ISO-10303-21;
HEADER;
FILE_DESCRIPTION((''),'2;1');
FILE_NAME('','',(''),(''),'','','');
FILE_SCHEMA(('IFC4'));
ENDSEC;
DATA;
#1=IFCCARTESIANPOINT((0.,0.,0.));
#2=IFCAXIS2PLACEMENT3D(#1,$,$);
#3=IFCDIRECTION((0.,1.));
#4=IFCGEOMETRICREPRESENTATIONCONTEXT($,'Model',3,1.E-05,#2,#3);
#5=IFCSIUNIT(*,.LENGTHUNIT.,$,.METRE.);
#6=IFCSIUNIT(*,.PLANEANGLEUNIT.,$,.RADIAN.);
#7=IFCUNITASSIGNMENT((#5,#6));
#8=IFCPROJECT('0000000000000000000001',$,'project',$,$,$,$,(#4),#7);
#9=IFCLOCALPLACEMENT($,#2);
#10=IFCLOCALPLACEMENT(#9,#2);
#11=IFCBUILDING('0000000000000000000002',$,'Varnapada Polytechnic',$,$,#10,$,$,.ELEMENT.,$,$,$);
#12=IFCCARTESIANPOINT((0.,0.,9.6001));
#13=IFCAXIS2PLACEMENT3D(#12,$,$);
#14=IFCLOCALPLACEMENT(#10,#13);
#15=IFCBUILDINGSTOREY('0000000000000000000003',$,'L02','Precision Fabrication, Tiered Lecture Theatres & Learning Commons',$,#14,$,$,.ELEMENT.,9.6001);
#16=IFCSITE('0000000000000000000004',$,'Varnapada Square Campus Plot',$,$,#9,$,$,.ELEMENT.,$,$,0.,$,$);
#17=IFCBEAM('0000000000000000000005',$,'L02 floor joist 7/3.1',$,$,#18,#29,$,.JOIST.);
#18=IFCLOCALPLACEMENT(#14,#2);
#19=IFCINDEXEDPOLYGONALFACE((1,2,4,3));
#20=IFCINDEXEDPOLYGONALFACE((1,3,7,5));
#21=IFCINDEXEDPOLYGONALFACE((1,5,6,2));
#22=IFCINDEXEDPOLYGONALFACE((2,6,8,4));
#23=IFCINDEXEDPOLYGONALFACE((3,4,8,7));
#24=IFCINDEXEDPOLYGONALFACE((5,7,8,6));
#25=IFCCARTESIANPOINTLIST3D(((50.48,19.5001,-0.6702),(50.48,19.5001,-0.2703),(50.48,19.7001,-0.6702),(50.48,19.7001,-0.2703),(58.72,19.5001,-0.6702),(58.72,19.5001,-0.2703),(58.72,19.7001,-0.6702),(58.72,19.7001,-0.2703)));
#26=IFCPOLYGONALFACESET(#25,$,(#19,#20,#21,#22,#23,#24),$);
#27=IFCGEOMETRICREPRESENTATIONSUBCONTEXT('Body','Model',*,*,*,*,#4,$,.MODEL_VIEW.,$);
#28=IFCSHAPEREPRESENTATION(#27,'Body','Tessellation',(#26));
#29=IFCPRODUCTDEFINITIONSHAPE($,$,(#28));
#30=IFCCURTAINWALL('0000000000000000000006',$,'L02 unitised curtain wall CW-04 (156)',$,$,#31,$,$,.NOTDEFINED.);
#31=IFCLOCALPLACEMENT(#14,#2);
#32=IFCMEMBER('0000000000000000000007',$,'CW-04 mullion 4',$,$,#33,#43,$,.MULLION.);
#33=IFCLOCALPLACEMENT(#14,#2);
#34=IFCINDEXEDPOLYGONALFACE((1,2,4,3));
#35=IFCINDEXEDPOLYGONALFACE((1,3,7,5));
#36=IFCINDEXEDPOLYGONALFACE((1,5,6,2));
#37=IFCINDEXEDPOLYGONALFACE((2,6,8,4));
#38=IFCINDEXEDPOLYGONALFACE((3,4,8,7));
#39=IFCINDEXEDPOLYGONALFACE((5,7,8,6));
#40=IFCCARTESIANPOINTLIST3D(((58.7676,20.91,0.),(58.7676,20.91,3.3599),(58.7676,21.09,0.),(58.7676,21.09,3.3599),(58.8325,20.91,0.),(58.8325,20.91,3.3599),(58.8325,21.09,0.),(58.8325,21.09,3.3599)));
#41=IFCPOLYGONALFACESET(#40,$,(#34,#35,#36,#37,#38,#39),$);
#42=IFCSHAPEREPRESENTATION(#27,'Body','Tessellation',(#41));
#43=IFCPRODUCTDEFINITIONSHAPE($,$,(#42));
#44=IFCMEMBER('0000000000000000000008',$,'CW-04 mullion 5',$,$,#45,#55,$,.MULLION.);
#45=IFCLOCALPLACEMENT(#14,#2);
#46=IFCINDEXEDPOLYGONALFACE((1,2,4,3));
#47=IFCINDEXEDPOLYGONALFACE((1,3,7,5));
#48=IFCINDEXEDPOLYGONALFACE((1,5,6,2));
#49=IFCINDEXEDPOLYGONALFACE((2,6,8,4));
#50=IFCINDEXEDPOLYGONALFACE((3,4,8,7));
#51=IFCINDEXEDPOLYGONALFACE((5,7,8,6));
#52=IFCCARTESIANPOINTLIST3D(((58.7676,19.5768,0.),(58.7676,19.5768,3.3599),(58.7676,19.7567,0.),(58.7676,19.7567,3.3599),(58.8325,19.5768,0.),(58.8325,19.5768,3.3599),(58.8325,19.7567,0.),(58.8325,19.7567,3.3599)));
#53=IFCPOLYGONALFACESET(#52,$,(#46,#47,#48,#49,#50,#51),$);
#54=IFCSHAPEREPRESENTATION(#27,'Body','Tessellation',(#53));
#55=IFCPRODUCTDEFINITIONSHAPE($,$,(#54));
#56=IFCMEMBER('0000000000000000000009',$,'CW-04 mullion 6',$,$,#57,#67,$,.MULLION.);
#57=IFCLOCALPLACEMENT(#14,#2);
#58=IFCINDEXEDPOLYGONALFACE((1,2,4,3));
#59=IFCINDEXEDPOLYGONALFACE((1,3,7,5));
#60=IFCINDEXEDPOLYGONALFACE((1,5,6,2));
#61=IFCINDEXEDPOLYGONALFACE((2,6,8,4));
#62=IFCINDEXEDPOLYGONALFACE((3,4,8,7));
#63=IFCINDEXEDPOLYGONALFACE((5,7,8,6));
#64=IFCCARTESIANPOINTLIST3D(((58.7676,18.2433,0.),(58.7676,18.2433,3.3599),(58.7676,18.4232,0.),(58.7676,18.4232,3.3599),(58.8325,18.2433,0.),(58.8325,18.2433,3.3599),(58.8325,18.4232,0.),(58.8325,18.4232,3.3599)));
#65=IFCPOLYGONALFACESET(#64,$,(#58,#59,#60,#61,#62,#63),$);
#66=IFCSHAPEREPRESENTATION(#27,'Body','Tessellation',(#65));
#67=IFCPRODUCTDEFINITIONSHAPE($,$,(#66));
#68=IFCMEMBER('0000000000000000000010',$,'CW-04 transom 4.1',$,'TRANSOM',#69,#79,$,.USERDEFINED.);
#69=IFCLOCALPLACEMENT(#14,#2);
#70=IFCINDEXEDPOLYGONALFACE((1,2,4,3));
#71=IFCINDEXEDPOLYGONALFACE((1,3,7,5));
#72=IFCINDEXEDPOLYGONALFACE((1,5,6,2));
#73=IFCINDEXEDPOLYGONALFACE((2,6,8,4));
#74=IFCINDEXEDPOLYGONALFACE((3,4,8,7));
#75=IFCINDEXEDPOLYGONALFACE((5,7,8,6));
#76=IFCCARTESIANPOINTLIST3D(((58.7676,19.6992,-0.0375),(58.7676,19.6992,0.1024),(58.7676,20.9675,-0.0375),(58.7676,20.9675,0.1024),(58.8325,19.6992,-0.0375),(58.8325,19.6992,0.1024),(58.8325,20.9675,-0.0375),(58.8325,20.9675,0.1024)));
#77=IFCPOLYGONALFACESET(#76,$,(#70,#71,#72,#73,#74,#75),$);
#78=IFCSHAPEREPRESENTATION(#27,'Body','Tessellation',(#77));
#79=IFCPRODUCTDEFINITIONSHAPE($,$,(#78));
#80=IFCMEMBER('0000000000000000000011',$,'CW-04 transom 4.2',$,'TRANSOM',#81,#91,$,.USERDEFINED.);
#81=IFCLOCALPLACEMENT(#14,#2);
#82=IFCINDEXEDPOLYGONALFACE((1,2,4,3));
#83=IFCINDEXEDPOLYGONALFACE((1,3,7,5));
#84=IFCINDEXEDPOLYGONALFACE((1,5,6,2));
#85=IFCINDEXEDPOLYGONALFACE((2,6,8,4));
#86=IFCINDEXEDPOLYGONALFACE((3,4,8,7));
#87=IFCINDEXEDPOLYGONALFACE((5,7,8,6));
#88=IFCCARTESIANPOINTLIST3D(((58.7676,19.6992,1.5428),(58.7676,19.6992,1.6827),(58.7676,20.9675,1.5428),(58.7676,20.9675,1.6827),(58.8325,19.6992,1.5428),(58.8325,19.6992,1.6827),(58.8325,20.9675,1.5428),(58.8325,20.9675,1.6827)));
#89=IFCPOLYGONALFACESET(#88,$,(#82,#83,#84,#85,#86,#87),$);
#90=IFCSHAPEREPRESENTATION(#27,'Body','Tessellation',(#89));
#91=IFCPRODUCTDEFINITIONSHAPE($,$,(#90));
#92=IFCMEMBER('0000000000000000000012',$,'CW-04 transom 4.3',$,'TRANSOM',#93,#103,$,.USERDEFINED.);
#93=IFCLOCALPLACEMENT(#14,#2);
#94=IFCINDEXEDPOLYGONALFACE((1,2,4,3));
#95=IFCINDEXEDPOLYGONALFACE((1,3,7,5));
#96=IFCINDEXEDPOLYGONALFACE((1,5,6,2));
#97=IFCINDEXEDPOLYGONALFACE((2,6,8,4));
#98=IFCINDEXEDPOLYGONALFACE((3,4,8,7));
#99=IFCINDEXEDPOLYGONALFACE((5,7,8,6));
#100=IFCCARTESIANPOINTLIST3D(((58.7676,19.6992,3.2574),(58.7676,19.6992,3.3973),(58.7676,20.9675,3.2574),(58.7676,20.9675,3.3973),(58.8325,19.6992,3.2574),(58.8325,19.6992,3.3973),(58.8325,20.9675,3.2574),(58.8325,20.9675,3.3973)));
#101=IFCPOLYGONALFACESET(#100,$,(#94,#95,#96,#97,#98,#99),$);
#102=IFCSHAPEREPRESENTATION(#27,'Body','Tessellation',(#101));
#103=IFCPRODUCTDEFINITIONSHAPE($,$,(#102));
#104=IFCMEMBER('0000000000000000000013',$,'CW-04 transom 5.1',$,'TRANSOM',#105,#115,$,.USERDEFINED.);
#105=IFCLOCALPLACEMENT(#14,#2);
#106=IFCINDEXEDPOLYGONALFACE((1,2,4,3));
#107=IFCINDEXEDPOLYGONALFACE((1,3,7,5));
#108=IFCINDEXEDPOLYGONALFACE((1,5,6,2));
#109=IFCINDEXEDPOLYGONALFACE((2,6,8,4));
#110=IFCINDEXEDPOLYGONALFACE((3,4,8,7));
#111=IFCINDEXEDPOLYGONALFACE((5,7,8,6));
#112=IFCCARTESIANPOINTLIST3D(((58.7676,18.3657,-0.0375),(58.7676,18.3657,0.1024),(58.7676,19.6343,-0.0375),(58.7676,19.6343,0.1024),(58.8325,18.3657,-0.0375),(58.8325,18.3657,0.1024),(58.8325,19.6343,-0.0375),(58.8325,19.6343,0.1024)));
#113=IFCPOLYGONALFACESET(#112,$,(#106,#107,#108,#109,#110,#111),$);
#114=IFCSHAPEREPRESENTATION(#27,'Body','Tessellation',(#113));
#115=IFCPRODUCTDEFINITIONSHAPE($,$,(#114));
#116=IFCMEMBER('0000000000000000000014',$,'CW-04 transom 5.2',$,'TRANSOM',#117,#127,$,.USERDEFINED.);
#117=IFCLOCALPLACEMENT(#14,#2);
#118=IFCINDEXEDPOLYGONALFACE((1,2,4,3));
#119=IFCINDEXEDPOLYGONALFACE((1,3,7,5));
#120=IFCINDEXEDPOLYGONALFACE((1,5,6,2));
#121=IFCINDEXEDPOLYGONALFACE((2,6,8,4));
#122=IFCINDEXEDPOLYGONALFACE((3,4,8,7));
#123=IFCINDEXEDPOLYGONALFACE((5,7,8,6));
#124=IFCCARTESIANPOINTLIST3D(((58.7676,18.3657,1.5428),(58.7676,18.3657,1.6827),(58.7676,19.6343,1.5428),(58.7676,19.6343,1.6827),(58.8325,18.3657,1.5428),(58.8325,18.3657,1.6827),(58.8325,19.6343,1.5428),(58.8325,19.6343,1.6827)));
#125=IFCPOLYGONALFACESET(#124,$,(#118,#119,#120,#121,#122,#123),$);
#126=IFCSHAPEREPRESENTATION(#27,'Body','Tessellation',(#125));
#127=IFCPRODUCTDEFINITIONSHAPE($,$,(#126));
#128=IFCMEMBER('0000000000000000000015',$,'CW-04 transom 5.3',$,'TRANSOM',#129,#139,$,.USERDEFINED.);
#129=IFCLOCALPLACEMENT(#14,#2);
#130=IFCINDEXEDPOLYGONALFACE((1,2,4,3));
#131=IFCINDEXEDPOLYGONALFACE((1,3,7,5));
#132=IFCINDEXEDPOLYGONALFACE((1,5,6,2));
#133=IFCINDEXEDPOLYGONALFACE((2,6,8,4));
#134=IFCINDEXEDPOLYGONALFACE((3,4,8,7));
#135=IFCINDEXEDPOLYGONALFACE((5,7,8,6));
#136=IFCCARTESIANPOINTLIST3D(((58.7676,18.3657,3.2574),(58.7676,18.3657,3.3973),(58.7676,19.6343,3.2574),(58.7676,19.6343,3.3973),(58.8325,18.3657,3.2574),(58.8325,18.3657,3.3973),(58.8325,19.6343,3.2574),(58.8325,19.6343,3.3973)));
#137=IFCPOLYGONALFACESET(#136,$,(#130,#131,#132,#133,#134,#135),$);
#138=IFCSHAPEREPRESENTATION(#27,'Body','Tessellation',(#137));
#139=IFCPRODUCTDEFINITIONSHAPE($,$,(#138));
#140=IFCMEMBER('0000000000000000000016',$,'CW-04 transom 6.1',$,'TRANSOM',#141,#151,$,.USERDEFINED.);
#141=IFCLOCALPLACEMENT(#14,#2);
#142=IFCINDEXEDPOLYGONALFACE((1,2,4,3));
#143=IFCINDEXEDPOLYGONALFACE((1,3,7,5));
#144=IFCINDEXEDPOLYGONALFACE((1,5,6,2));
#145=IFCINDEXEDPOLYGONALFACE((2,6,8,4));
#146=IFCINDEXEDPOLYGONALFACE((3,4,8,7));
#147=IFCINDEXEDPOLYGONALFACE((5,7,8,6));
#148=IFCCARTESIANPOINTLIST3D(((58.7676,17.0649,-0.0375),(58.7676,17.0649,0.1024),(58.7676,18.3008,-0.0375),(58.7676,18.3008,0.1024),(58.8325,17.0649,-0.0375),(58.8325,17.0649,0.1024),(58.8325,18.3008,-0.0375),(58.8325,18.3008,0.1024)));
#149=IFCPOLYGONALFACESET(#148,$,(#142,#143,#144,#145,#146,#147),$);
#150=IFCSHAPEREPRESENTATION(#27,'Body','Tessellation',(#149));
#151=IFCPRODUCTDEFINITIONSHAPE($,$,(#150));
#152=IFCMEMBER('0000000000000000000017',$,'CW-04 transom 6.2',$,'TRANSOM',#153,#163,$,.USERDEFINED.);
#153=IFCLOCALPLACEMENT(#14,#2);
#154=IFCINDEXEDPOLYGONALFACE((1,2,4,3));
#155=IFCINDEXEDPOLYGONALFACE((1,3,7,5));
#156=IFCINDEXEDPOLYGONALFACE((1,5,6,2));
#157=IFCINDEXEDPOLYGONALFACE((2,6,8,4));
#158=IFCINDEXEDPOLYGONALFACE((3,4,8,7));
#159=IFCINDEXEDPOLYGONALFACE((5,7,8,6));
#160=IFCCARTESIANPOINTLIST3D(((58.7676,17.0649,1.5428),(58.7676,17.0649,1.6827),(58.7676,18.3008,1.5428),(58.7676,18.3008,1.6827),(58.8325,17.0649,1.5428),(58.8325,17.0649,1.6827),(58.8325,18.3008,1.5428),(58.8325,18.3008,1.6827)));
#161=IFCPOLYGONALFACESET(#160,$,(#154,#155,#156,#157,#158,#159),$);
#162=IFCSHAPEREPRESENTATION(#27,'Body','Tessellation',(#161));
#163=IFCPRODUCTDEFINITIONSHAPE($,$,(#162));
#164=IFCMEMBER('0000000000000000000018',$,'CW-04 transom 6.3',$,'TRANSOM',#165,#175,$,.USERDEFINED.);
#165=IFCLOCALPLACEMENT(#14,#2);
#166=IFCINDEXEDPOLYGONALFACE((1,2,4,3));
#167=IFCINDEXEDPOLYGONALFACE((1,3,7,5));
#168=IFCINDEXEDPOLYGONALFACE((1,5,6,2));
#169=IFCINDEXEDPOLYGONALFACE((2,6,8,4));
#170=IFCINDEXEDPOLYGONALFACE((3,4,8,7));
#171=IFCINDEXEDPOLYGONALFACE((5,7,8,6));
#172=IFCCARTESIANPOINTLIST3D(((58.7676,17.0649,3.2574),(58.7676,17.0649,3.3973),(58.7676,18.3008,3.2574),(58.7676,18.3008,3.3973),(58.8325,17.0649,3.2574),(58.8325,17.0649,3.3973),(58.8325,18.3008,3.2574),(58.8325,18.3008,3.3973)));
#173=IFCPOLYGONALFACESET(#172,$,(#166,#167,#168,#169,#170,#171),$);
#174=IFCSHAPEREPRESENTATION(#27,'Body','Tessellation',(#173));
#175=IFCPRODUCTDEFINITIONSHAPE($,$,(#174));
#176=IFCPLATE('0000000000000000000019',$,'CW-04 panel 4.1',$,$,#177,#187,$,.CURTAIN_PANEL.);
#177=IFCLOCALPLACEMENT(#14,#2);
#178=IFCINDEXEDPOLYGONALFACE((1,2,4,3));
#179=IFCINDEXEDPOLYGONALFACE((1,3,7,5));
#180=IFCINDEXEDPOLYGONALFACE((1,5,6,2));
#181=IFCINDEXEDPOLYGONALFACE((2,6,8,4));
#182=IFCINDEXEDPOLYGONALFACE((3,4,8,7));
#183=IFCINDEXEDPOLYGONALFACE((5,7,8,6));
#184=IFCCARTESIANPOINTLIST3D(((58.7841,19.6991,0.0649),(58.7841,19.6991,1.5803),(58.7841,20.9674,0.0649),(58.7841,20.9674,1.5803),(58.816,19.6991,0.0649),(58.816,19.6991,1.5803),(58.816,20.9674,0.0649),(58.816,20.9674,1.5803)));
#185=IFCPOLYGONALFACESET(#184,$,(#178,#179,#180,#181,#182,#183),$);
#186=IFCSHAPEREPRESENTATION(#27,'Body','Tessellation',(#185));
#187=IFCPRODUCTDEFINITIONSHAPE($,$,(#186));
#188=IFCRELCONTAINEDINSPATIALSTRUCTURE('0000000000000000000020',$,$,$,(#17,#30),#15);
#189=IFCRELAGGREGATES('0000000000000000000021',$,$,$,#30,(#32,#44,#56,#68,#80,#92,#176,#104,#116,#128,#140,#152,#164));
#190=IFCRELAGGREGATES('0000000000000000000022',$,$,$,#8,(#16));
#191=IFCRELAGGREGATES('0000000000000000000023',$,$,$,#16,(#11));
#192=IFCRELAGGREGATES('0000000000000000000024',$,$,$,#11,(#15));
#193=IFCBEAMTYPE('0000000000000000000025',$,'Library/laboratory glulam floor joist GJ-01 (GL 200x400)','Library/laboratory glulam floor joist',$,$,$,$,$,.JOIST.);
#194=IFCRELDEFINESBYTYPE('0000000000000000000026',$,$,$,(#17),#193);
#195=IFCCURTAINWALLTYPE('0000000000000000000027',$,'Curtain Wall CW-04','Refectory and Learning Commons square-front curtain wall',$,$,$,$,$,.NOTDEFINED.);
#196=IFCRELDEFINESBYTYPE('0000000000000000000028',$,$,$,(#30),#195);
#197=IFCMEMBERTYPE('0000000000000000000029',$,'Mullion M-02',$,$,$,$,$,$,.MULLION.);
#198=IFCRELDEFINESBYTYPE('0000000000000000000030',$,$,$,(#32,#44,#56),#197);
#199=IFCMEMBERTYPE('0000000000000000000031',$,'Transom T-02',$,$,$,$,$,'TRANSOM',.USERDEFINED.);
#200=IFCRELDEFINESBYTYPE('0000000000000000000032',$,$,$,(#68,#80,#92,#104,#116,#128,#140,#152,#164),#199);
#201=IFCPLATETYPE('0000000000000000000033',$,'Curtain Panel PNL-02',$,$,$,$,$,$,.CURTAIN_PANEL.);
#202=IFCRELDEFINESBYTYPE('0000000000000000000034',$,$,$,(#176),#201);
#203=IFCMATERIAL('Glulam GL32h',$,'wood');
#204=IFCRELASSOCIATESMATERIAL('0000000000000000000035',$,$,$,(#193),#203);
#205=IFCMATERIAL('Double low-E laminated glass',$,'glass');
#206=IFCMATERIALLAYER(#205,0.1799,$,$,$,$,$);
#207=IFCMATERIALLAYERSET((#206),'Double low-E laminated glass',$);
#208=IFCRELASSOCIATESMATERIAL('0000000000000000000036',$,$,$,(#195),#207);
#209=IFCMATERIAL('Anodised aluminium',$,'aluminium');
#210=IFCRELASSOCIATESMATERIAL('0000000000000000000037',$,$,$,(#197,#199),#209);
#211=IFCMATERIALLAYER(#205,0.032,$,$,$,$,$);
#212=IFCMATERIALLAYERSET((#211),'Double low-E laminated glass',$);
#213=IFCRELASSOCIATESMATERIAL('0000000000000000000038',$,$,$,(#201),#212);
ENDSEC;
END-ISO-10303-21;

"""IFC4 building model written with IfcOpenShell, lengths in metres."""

from ifc_helpers import new_model, si_unit, direction, frame, origin, origin_2d, place, context, subcontext, project, spatial, rectangle, extrude, material, layer, layer_set, material_profile, profile_set, type_object, element, aggregate, save


model = new_model("IFC4")

# Units and contexts
model_context = context("Model", 3, precision=1e-05, world=origin(), true_north=direction((0.0, 1.0)))
body_context = subcontext(model_context, "Body", "Model", "MODEL_VIEW")
ifc_project = project(units=[si_unit("LENGTHUNIT", "METRE"), si_unit("PLANEANGLEUNIT", "RADIAN")], contexts=[model_context])

# Site, building, storey
site_placement = place(None, origin())
site = spatial("IfcSite", under=ifc_project, at=site_placement, Name="Varnapada Square Campus Plot", CompositionType="ELEMENT", RefElevation=0.0)
building_placement = place(site_placement, origin())
building = spatial("IfcBuilding", under=site, at=building_placement, Name="Varnapada Polytechnic", CompositionType="ELEMENT")
storey_placement = place(building_placement, frame((0.0, 0.0, 9.6001)))
storey = spatial("IfcBuildingStorey", under=building, at=storey_placement, Name="L02", Description="Precision Fabrication, Tiered Lecture Theatres & Learning Commons", CompositionType="ELEMENT", Elevation=9.6001)

# Beam
ifc_material_1 = material(Name="Glulam GL32h", Category="wood")
ifc_material_profile_1 = material_profile(ifc_material_1, rectangle(XDim=0.2, YDim=0.3999, at=origin_2d()), Name="GL 200x400")
ifc_profile_set_1 = profile_set([ifc_material_profile_1], Name="Glulam GL32h")
beam_type = type_object("IfcBeamType", Name="Library/laboratory glulam floor joist GJ-01 (GL 200x400)", Description="Library/laboratory glulam floor joist", PredefinedType="JOIST", material=ifc_profile_set_1)
beam_placement = place(storey_placement, frame((50.48, 19.6001, -0.4702), z_axis=(1.0, 0.0, 0.0), x_axis=(0.0, 1.0, 0.0)))
element("IfcBeam", 1, at=beam_placement, inside=storey, type_object=beam_type, Name="L02 floor joist 7/3.1", PredefinedType="JOIST", context=body_context, shape_type="SweptSolid", body=[
    extrude(rectangle(XDim=0.2, YDim=0.3999, at=origin_2d()), origin(), (0.0, 0.0, 1.0), 8.24),
])

# Curtain wall, members, plate
ifc_material_2 = material(Name="Double low-E laminated glass", Category="glass")
ifc_layer_1 = layer(ifc_material_2, 0.1799)
ifc_layer_set_1 = layer_set([ifc_layer_1], Name="Double low-E laminated glass")
curtain_wall_type = type_object("IfcCurtainWallType", Name="Curtain Wall CW-04", Description="Refectory and Learning Commons square-front curtain wall", PredefinedType="NOTDEFINED", material=ifc_layer_set_1)
curtain_wall_placement = place(storey_placement, origin())
curtain_wall = element("IfcCurtainWall", 2, at=curtain_wall_placement, inside=storey, type_object=curtain_wall_type, Name="L02 unitised curtain wall CW-04 (156)", PredefinedType="NOTDEFINED")
ifc_material_3 = material(Name="Anodised aluminium", Category="aluminium")
ifc_material_profile_2 = material_profile(ifc_material_3, rectangle(XDim=0.0649, YDim=0.1799, at=origin_2d()), Name="ALU M65x180")
ifc_profile_set_2 = profile_set([ifc_material_profile_2], Name="Anodised aluminium")
member_type_1 = type_object("IfcMemberType", Name="Mullion M-02", PredefinedType="MULLION", material=ifc_profile_set_2)
member_1_placement = place(storey_placement, frame((58.8, 21.0, 0.0), z_axis=(0.0, 0.0, 1.0), x_axis=(1.0, 0.0, 0.0)))
member_1 = element("IfcMember", 3, at=member_1_placement, type_object=member_type_1, Name="CW-04 mullion 4", PredefinedType="MULLION", context=body_context, shape_type="SweptSolid", body=[
    extrude(rectangle(XDim=0.0649, YDim=0.1799, at=origin_2d()), origin(), (0.0, 0.0, 1.0), 3.3599),
])
member_2_placement = place(storey_placement, frame((58.8, 19.6667, 0.0), z_axis=(0.0, 0.0, 1.0), x_axis=(1.0, 0.0, 0.0)))
member_2 = element("IfcMember", 4, at=member_2_placement, type_object=member_type_1, Name="CW-04 mullion 5", PredefinedType="MULLION", context=body_context, shape_type="SweptSolid", body=[
    extrude(rectangle(XDim=0.0649, YDim=0.1799, at=origin_2d()), origin(), (0.0, 0.0, 1.0), 3.3599),
])
member_3_placement = place(storey_placement, frame((58.8, 18.3333, 0.0), z_axis=(0.0, 0.0, 1.0), x_axis=(1.0, 0.0, 0.0)))
member_3 = element("IfcMember", 5, at=member_3_placement, type_object=member_type_1, Name="CW-04 mullion 6", PredefinedType="MULLION", context=body_context, shape_type="SweptSolid", body=[
    extrude(rectangle(XDim=0.0649, YDim=0.1799, at=origin_2d()), origin(), (0.0, 0.0, 1.0), 3.3599),
])
ifc_material_profile_3 = material_profile(ifc_material_3, rectangle(XDim=0.0649, YDim=0.1399, at=origin_2d()), Name="ALU T65x140")
ifc_profile_set_3 = profile_set([ifc_material_profile_3], Name="Anodised aluminium")
member_type_2 = type_object("IfcMemberType", Name="Transom T-02", ElementType="TRANSOM", PredefinedType="USERDEFINED", material=ifc_profile_set_3)
member_4_placement = place(storey_placement, frame((58.8, 20.9675, 0.0325), z_axis=(0.0, -1.0, 0.0), x_axis=(1.0, 0.0, 0.0)))
member_4 = element("IfcMember", 6, at=member_4_placement, type_object=member_type_2, Name="CW-04 transom 4.1", ObjectType="TRANSOM", PredefinedType="USERDEFINED", context=body_context, shape_type="SweptSolid", body=[
    extrude(rectangle(XDim=0.0649, YDim=0.1399, at=origin_2d()), origin(), (0.0, 0.0, 1.0), 1.2683),
])
member_5_placement = place(storey_placement, frame((58.8, 20.9675, 1.6128), z_axis=(0.0, -1.0, 0.0), x_axis=(1.0, 0.0, 0.0)))
member_5 = element("IfcMember", 7, at=member_5_placement, type_object=member_type_2, Name="CW-04 transom 4.2", ObjectType="TRANSOM", PredefinedType="USERDEFINED", context=body_context, shape_type="SweptSolid", body=[
    extrude(rectangle(XDim=0.0649, YDim=0.1399, at=origin_2d()), origin(), (0.0, 0.0, 1.0), 1.2683),
])
member_6_placement = place(storey_placement, frame((58.8, 20.9675, 3.3274), z_axis=(0.0, -1.0, 0.0), x_axis=(1.0, 0.0, 0.0)))
member_6 = element("IfcMember", 8, at=member_6_placement, type_object=member_type_2, Name="CW-04 transom 4.3", ObjectType="TRANSOM", PredefinedType="USERDEFINED", context=body_context, shape_type="SweptSolid", body=[
    extrude(rectangle(XDim=0.0649, YDim=0.1399, at=origin_2d()), origin(), (0.0, 0.0, 1.0), 1.2683),
])
member_7_placement = place(storey_placement, frame((58.8, 19.6343, 0.0325), z_axis=(0.0, -1.0, 0.0), x_axis=(1.0, 0.0, 0.0)))
member_7 = element("IfcMember", 9, at=member_7_placement, type_object=member_type_2, Name="CW-04 transom 5.1", ObjectType="TRANSOM", PredefinedType="USERDEFINED", context=body_context, shape_type="SweptSolid", body=[
    extrude(rectangle(XDim=0.0649, YDim=0.1399, at=origin_2d()), origin(), (0.0, 0.0, 1.0), 1.2686),
])
member_8_placement = place(storey_placement, frame((58.8, 19.6343, 1.6128), z_axis=(0.0, -1.0, 0.0), x_axis=(1.0, 0.0, 0.0)))
member_8 = element("IfcMember", 10, at=member_8_placement, type_object=member_type_2, Name="CW-04 transom 5.2", ObjectType="TRANSOM", PredefinedType="USERDEFINED", context=body_context, shape_type="SweptSolid", body=[
    extrude(rectangle(XDim=0.0649, YDim=0.1399, at=origin_2d()), origin(), (0.0, 0.0, 1.0), 1.2686),
])
member_9_placement = place(storey_placement, frame((58.8, 19.6343, 3.3274), z_axis=(0.0, -1.0, 0.0), x_axis=(1.0, 0.0, 0.0)))
member_9 = element("IfcMember", 11, at=member_9_placement, type_object=member_type_2, Name="CW-04 transom 5.3", ObjectType="TRANSOM", PredefinedType="USERDEFINED", context=body_context, shape_type="SweptSolid", body=[
    extrude(rectangle(XDim=0.0649, YDim=0.1399, at=origin_2d()), origin(), (0.0, 0.0, 1.0), 1.2686),
])
member_10_placement = place(storey_placement, frame((58.8, 18.3008, 0.0325), z_axis=(0.0, -1.0, 0.0), x_axis=(1.0, 0.0, 0.0)))
member_10 = element("IfcMember", 12, at=member_10_placement, type_object=member_type_2, Name="CW-04 transom 6.1", ObjectType="TRANSOM", PredefinedType="USERDEFINED", context=body_context, shape_type="SweptSolid", body=[
    extrude(rectangle(XDim=0.0649, YDim=0.1399, at=origin_2d()), origin(), (0.0, 0.0, 1.0), 1.2358),
])
member_11_placement = place(storey_placement, frame((58.8, 18.3008, 1.6128), z_axis=(0.0, -1.0, 0.0), x_axis=(1.0, 0.0, 0.0)))
member_11 = element("IfcMember", 13, at=member_11_placement, type_object=member_type_2, Name="CW-04 transom 6.2", ObjectType="TRANSOM", PredefinedType="USERDEFINED", context=body_context, shape_type="SweptSolid", body=[
    extrude(rectangle(XDim=0.0649, YDim=0.1399, at=origin_2d()), origin(), (0.0, 0.0, 1.0), 1.2358),
])
member_12_placement = place(storey_placement, frame((58.8, 18.3008, 3.3274), z_axis=(0.0, -1.0, 0.0), x_axis=(1.0, 0.0, 0.0)))
member_12 = element("IfcMember", 14, at=member_12_placement, type_object=member_type_2, Name="CW-04 transom 6.3", ObjectType="TRANSOM", PredefinedType="USERDEFINED", context=body_context, shape_type="SweptSolid", body=[
    extrude(rectangle(XDim=0.0649, YDim=0.1399, at=origin_2d()), origin(), (0.0, 0.0, 1.0), 1.2358),
])
ifc_layer_2 = layer(ifc_material_2, 0.032)
ifc_layer_set_2 = layer_set([ifc_layer_2], Name="Double low-E laminated glass")
plate_type = type_object("IfcPlateType", Name="Curtain Panel PNL-02", PredefinedType="CURTAIN_PANEL", material=ifc_layer_set_2)
plate_1_placement = place(storey_placement, frame((58.8, 20.3333, 0.0649), z_axis=(0.0, 0.0, 1.0), x_axis=(0.0, -1.0, 0.0)))
plate_1 = element("IfcPlate", 15, at=plate_1_placement, type_object=plate_type, Name="CW-04 panel 4.1", PredefinedType="CURTAIN_PANEL", context=body_context, shape_type="SweptSolid", body=[
    extrude(rectangle(XDim=1.2683, YDim=0.032, at=origin_2d()), origin(), (0.0, 0.0, 1.0), 1.5154),
])
aggregate(curtain_wall, [member_1, member_2, member_3, member_4, member_5, member_6, plate_1, member_7, member_8, member_9, member_10, member_11, member_12])

save(model, "model.ifc")
